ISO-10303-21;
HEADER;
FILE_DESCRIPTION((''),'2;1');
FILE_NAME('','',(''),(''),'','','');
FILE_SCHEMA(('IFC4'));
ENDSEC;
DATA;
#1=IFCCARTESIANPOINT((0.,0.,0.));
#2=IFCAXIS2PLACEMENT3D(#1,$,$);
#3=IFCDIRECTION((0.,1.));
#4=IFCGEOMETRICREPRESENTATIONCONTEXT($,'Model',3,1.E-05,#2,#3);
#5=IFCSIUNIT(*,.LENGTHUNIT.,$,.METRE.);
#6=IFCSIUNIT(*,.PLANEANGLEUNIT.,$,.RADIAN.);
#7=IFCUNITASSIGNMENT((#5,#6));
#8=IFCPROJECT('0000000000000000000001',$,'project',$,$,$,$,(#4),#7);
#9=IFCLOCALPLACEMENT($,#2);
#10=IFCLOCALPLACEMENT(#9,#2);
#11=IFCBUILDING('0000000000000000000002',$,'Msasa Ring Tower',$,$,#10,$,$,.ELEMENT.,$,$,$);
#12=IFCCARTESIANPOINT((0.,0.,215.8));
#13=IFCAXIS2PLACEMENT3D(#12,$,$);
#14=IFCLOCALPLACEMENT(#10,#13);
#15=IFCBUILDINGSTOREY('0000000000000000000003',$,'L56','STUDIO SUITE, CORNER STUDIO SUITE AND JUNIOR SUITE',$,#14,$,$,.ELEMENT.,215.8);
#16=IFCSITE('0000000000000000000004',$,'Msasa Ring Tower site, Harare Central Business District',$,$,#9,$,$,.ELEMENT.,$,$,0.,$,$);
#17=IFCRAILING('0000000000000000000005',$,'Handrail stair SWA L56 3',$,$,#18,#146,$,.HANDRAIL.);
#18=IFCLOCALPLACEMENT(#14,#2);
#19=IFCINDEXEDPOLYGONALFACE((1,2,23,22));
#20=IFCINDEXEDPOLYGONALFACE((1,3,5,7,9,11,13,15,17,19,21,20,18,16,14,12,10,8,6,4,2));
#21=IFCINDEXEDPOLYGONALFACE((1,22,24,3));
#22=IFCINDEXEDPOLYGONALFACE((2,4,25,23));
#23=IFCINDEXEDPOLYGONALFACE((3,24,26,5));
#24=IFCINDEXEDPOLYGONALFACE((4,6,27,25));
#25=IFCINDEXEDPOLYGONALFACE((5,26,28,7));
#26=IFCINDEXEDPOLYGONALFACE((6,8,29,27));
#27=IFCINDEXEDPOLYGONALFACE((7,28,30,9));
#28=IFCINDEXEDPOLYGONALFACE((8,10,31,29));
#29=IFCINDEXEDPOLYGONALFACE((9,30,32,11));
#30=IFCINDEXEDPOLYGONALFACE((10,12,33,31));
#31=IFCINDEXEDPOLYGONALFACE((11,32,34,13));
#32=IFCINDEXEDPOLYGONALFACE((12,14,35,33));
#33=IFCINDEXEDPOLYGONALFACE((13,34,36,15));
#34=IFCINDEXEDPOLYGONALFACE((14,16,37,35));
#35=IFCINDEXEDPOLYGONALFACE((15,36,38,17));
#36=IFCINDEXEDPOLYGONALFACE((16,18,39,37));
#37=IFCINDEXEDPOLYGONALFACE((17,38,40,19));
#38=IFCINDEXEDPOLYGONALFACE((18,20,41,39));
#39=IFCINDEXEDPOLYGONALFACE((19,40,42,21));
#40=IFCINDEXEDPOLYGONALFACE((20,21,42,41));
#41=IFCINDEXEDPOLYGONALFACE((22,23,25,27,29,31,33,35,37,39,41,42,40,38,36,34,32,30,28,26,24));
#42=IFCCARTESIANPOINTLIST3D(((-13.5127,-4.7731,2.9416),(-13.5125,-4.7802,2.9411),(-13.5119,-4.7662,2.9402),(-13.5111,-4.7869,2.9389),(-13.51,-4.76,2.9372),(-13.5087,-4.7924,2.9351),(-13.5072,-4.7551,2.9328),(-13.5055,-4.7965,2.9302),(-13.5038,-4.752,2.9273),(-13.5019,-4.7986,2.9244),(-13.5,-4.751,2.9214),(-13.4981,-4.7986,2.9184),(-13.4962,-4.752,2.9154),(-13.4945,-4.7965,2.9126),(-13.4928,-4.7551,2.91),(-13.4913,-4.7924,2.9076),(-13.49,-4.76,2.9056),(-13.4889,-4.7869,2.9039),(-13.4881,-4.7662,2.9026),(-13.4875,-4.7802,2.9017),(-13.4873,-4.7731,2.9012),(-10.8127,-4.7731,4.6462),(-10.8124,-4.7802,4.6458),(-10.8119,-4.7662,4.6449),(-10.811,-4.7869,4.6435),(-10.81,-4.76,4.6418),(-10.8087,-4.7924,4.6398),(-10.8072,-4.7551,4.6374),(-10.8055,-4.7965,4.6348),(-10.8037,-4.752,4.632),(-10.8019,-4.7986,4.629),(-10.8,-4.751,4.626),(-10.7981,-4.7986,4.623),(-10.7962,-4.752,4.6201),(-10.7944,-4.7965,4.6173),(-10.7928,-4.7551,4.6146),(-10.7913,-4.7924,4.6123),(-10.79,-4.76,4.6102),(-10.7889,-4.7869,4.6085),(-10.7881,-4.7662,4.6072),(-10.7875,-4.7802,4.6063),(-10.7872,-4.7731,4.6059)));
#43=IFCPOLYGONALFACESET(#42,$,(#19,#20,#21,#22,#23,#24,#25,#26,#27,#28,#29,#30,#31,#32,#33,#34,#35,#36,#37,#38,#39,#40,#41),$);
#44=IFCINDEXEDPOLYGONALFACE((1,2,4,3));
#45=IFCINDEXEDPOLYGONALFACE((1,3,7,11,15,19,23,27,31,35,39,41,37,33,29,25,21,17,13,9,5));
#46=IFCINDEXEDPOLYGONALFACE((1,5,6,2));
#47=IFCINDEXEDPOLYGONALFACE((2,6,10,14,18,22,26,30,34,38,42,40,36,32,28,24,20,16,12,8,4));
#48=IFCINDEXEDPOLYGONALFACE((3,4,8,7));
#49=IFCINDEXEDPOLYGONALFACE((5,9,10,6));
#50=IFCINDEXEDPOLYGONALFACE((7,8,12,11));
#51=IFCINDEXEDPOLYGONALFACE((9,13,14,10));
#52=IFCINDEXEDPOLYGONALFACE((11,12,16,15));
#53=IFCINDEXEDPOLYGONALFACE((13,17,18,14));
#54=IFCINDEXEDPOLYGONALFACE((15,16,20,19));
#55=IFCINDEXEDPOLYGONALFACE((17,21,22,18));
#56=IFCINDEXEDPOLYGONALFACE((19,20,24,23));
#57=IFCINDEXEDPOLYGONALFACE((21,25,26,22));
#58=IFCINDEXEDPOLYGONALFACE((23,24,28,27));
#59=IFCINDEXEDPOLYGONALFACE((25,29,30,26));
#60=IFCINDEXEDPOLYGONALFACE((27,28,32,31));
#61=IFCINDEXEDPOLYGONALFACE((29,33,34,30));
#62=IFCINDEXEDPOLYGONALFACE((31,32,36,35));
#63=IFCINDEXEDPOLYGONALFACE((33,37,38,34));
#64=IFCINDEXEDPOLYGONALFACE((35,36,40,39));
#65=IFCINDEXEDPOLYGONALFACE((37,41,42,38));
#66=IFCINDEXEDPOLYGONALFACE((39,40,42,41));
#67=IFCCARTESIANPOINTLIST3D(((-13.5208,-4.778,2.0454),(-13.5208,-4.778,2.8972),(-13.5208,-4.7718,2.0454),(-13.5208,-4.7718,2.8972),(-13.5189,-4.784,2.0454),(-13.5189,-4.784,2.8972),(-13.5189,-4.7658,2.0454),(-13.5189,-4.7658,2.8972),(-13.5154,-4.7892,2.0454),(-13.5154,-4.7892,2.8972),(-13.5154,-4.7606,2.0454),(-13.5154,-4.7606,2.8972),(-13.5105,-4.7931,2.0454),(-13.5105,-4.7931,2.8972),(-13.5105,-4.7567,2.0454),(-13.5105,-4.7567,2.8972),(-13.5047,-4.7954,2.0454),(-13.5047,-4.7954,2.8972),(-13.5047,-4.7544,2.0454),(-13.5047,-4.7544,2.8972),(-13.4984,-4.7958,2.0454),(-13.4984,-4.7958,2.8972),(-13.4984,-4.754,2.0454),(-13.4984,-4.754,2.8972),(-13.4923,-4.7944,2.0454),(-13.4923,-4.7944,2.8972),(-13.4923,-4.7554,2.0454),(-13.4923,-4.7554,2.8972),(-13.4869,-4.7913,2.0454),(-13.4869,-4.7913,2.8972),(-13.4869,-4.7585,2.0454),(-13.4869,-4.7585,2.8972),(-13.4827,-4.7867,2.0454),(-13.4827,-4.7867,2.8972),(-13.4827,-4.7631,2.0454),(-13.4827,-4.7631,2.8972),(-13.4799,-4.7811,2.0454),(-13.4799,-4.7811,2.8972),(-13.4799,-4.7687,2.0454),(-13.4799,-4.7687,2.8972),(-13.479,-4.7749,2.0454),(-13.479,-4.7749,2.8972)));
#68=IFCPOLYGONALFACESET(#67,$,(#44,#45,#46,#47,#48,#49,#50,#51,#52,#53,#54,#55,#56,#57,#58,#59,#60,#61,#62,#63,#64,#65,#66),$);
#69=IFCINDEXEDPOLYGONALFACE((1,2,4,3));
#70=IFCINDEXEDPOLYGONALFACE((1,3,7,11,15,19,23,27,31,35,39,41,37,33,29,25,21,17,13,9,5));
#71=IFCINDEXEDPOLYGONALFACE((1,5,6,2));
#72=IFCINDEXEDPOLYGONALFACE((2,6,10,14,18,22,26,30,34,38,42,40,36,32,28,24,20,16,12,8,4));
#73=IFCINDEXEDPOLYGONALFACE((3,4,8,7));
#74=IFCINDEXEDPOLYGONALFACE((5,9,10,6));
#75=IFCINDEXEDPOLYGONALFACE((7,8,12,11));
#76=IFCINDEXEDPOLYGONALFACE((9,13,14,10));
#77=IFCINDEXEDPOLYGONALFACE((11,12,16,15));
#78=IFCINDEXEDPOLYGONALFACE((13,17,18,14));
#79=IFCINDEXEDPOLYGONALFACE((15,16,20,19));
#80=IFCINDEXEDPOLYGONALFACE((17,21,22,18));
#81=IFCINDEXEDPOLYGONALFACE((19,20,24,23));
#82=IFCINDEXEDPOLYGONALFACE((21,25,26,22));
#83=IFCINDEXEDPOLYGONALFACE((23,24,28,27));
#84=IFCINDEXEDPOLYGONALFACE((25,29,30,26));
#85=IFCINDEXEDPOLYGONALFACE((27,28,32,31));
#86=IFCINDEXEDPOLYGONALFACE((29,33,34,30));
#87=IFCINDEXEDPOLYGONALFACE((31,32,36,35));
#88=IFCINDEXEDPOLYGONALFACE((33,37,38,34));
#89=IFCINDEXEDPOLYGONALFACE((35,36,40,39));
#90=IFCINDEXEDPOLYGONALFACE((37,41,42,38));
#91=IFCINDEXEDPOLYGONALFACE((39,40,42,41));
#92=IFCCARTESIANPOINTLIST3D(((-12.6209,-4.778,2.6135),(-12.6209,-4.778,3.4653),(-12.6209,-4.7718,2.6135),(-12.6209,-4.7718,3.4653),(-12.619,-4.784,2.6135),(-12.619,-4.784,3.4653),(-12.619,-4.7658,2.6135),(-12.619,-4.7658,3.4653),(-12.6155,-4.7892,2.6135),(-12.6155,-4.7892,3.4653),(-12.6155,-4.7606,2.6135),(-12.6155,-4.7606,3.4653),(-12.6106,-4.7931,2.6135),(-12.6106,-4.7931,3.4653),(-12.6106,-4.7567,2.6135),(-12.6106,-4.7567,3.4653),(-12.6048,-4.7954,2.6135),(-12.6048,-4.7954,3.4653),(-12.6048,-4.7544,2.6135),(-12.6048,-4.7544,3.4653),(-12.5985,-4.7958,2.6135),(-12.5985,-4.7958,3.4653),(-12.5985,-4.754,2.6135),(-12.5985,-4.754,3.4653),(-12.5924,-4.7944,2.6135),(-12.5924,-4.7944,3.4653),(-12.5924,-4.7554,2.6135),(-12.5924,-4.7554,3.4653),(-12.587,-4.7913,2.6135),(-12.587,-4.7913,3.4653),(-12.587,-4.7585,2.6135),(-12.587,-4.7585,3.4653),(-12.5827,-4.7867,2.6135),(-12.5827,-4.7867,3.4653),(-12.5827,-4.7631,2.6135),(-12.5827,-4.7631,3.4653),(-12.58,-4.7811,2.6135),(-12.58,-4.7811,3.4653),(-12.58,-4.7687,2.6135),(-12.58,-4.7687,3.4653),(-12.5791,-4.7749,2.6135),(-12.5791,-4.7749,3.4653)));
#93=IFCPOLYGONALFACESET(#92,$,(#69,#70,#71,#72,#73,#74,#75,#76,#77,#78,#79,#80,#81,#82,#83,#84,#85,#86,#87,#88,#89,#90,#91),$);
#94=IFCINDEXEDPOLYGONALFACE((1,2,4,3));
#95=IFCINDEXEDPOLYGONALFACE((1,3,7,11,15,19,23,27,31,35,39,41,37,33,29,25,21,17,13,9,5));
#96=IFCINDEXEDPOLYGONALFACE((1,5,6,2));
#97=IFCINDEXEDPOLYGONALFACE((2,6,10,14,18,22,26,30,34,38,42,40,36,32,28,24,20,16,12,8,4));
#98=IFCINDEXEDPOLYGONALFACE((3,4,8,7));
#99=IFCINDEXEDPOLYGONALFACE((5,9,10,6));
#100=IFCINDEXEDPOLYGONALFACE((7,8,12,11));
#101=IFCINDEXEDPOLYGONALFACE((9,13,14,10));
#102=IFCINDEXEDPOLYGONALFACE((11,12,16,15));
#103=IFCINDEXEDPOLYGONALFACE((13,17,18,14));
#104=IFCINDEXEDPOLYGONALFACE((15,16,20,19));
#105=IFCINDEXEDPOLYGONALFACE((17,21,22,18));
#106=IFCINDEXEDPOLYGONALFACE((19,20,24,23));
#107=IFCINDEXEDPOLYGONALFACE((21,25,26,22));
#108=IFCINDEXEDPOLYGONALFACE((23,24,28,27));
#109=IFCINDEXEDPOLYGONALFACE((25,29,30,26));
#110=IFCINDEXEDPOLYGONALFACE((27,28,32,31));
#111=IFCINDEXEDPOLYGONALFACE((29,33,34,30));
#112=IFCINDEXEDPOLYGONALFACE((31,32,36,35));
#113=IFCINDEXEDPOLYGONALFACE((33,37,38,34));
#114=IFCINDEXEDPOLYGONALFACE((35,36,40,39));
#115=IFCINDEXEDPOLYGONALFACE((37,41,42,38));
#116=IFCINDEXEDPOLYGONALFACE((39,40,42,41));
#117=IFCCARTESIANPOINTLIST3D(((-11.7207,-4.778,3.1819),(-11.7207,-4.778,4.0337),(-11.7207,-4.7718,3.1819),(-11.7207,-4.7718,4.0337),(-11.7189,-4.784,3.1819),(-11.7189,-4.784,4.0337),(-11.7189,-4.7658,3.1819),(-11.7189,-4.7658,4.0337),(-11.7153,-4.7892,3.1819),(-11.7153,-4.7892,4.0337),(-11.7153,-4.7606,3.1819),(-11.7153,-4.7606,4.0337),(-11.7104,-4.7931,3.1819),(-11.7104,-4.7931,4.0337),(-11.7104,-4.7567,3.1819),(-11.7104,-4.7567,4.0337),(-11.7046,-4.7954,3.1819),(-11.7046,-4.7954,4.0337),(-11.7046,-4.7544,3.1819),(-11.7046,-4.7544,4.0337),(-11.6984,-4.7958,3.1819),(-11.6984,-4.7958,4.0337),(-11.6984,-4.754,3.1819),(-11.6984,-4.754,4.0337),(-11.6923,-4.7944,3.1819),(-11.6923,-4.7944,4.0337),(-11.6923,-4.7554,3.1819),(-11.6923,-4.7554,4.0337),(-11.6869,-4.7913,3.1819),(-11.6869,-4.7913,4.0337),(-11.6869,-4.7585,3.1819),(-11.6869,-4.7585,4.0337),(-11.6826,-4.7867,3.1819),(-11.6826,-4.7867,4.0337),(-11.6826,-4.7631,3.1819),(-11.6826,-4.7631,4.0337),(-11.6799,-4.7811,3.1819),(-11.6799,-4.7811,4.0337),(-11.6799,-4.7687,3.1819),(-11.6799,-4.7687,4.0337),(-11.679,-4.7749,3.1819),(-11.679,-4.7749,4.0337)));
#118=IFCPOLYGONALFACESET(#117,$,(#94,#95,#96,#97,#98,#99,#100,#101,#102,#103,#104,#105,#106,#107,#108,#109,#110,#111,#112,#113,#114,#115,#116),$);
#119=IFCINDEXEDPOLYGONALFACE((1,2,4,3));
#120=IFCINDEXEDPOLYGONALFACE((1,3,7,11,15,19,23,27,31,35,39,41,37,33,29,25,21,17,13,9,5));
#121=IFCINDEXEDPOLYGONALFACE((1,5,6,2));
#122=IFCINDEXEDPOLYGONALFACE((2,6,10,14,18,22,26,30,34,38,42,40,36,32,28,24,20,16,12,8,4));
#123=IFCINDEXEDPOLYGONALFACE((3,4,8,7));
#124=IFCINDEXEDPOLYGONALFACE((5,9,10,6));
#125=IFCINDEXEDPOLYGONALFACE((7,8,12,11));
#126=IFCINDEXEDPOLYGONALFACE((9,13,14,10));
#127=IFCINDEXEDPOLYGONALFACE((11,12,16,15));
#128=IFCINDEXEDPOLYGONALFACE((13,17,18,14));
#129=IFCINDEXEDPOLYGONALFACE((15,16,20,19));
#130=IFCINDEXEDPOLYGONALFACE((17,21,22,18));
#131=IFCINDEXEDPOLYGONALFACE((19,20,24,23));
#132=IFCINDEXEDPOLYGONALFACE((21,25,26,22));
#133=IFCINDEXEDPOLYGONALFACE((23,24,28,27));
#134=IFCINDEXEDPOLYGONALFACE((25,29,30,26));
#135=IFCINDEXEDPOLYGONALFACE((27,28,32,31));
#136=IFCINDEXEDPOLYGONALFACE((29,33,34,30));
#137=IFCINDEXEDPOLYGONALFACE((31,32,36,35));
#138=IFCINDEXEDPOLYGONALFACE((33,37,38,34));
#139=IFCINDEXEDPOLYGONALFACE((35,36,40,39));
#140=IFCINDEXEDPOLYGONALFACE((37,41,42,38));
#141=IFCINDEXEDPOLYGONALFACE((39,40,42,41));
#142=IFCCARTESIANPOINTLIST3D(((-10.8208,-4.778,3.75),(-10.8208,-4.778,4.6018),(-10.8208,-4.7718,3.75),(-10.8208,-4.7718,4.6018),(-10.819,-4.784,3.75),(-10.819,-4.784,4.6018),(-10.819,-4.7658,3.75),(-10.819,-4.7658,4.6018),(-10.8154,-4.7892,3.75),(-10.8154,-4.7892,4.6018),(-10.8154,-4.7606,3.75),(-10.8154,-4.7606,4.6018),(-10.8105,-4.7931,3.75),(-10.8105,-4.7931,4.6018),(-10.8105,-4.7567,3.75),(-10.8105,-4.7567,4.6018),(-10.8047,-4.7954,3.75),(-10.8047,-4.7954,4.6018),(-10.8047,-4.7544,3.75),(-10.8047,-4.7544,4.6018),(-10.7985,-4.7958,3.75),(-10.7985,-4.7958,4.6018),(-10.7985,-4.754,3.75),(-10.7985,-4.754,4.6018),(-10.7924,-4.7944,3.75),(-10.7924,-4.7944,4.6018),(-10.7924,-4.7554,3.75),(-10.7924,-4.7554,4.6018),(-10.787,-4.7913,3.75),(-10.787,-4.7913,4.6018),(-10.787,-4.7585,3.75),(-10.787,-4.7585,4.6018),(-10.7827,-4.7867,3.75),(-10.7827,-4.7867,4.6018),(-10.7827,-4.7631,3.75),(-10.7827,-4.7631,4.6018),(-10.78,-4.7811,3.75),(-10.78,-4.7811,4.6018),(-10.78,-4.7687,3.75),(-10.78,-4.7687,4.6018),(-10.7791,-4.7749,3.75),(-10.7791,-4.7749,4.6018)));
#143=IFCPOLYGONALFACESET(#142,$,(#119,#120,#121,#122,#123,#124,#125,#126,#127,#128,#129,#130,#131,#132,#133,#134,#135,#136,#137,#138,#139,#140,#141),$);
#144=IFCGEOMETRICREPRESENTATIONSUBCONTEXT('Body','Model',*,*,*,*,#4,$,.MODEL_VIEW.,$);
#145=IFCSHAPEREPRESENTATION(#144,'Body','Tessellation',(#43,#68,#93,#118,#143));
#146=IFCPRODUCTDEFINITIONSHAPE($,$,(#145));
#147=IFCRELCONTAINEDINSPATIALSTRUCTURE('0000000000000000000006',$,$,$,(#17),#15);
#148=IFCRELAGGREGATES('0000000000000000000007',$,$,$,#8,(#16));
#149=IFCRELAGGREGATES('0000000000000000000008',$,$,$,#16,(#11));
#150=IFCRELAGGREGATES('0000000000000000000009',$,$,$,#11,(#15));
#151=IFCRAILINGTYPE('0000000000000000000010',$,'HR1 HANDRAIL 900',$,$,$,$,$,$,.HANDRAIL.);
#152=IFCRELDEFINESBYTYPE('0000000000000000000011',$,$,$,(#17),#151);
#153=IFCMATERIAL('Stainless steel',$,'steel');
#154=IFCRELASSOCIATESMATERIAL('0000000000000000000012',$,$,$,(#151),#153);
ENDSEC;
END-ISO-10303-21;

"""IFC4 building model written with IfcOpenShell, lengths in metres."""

from ifc_helpers import new_model, si_unit, direction, frame, origin, origin_2d, place, context, subcontext, project, spatial, circle, extrude, material, type_object, element, save


model = new_model("IFC4")

# Units and contexts
model_context = context("Model", 3, precision=1e-05, world=origin(), true_north=direction((0.0, 1.0)))
body_context = subcontext(model_context, "Body", "Model", "MODEL_VIEW")
ifc_project = project(units=[si_unit("LENGTHUNIT", "METRE"), si_unit("PLANEANGLEUNIT", "RADIAN")], contexts=[model_context])

# Site, building, storey
site_placement = place(None, origin())
site = spatial("IfcSite", under=ifc_project, at=site_placement, Name="Msasa Ring Tower site, Harare Central Business District", CompositionType="ELEMENT", RefElevation=0.0)
building_placement = place(site_placement, origin())
building = spatial("IfcBuilding", under=site, at=building_placement, Name="Msasa Ring Tower", CompositionType="ELEMENT")
storey_placement = place(building_placement, frame((0.0, 0.0, 215.8)))
storey = spatial("IfcBuildingStorey", under=building, at=storey_placement, Name="L56", Description="STUDIO SUITE, CORNER STUDIO SUITE AND JUNIOR SUITE", CompositionType="ELEMENT", Elevation=215.8)

# Railing
ifc_material_1 = material(Name="Stainless steel", Category="steel")
railing_type = type_object("IfcRailingType", Name="HR1 HANDRAIL 900", PredefinedType="HANDRAIL", material=ifc_material_1)
for number, where, name in (
    (1, (-13.5, -4.7749, 2.0454), "Handrail stair SWA L56 3"),
):
    element("IfcRailing", number, at=place(storey_placement, frame(where)), inside=storey, type_object=railing_type, Name=name, PredefinedType="HANDRAIL", context=body_context, shape_type="SweptSolid", body=[
        extrude(circle(Radius=0.0239, at=origin_2d()), frame((0.0, 0.0, 0.876), z_axis=(0.84558, 0.0, 0.533849), x_axis=(0.0, 1.0, 0.0)), (0.0, 0.0, 1.0), 3.1931),
        extrude(circle(Radius=0.021, at=origin_2d()), origin(), (0.0, 0.0, 1.0), 0.8518),
        extrude(circle(Radius=0.021, at=origin_2d()), frame((0.8999, 0.0, 0.5681)), (0.0, 0.0, 1.0), 0.8518),
        extrude(circle(Radius=0.021, at=origin_2d()), frame((1.8, 0.0, 1.1365)), (0.0, 0.0, 1.0), 0.8518),
        extrude(circle(Radius=0.021, at=origin_2d()), frame((2.7, 0.0, 1.7046)), (0.0, 0.0, 1.0), 0.8518),
    ])

save(model, "model.ifc")
